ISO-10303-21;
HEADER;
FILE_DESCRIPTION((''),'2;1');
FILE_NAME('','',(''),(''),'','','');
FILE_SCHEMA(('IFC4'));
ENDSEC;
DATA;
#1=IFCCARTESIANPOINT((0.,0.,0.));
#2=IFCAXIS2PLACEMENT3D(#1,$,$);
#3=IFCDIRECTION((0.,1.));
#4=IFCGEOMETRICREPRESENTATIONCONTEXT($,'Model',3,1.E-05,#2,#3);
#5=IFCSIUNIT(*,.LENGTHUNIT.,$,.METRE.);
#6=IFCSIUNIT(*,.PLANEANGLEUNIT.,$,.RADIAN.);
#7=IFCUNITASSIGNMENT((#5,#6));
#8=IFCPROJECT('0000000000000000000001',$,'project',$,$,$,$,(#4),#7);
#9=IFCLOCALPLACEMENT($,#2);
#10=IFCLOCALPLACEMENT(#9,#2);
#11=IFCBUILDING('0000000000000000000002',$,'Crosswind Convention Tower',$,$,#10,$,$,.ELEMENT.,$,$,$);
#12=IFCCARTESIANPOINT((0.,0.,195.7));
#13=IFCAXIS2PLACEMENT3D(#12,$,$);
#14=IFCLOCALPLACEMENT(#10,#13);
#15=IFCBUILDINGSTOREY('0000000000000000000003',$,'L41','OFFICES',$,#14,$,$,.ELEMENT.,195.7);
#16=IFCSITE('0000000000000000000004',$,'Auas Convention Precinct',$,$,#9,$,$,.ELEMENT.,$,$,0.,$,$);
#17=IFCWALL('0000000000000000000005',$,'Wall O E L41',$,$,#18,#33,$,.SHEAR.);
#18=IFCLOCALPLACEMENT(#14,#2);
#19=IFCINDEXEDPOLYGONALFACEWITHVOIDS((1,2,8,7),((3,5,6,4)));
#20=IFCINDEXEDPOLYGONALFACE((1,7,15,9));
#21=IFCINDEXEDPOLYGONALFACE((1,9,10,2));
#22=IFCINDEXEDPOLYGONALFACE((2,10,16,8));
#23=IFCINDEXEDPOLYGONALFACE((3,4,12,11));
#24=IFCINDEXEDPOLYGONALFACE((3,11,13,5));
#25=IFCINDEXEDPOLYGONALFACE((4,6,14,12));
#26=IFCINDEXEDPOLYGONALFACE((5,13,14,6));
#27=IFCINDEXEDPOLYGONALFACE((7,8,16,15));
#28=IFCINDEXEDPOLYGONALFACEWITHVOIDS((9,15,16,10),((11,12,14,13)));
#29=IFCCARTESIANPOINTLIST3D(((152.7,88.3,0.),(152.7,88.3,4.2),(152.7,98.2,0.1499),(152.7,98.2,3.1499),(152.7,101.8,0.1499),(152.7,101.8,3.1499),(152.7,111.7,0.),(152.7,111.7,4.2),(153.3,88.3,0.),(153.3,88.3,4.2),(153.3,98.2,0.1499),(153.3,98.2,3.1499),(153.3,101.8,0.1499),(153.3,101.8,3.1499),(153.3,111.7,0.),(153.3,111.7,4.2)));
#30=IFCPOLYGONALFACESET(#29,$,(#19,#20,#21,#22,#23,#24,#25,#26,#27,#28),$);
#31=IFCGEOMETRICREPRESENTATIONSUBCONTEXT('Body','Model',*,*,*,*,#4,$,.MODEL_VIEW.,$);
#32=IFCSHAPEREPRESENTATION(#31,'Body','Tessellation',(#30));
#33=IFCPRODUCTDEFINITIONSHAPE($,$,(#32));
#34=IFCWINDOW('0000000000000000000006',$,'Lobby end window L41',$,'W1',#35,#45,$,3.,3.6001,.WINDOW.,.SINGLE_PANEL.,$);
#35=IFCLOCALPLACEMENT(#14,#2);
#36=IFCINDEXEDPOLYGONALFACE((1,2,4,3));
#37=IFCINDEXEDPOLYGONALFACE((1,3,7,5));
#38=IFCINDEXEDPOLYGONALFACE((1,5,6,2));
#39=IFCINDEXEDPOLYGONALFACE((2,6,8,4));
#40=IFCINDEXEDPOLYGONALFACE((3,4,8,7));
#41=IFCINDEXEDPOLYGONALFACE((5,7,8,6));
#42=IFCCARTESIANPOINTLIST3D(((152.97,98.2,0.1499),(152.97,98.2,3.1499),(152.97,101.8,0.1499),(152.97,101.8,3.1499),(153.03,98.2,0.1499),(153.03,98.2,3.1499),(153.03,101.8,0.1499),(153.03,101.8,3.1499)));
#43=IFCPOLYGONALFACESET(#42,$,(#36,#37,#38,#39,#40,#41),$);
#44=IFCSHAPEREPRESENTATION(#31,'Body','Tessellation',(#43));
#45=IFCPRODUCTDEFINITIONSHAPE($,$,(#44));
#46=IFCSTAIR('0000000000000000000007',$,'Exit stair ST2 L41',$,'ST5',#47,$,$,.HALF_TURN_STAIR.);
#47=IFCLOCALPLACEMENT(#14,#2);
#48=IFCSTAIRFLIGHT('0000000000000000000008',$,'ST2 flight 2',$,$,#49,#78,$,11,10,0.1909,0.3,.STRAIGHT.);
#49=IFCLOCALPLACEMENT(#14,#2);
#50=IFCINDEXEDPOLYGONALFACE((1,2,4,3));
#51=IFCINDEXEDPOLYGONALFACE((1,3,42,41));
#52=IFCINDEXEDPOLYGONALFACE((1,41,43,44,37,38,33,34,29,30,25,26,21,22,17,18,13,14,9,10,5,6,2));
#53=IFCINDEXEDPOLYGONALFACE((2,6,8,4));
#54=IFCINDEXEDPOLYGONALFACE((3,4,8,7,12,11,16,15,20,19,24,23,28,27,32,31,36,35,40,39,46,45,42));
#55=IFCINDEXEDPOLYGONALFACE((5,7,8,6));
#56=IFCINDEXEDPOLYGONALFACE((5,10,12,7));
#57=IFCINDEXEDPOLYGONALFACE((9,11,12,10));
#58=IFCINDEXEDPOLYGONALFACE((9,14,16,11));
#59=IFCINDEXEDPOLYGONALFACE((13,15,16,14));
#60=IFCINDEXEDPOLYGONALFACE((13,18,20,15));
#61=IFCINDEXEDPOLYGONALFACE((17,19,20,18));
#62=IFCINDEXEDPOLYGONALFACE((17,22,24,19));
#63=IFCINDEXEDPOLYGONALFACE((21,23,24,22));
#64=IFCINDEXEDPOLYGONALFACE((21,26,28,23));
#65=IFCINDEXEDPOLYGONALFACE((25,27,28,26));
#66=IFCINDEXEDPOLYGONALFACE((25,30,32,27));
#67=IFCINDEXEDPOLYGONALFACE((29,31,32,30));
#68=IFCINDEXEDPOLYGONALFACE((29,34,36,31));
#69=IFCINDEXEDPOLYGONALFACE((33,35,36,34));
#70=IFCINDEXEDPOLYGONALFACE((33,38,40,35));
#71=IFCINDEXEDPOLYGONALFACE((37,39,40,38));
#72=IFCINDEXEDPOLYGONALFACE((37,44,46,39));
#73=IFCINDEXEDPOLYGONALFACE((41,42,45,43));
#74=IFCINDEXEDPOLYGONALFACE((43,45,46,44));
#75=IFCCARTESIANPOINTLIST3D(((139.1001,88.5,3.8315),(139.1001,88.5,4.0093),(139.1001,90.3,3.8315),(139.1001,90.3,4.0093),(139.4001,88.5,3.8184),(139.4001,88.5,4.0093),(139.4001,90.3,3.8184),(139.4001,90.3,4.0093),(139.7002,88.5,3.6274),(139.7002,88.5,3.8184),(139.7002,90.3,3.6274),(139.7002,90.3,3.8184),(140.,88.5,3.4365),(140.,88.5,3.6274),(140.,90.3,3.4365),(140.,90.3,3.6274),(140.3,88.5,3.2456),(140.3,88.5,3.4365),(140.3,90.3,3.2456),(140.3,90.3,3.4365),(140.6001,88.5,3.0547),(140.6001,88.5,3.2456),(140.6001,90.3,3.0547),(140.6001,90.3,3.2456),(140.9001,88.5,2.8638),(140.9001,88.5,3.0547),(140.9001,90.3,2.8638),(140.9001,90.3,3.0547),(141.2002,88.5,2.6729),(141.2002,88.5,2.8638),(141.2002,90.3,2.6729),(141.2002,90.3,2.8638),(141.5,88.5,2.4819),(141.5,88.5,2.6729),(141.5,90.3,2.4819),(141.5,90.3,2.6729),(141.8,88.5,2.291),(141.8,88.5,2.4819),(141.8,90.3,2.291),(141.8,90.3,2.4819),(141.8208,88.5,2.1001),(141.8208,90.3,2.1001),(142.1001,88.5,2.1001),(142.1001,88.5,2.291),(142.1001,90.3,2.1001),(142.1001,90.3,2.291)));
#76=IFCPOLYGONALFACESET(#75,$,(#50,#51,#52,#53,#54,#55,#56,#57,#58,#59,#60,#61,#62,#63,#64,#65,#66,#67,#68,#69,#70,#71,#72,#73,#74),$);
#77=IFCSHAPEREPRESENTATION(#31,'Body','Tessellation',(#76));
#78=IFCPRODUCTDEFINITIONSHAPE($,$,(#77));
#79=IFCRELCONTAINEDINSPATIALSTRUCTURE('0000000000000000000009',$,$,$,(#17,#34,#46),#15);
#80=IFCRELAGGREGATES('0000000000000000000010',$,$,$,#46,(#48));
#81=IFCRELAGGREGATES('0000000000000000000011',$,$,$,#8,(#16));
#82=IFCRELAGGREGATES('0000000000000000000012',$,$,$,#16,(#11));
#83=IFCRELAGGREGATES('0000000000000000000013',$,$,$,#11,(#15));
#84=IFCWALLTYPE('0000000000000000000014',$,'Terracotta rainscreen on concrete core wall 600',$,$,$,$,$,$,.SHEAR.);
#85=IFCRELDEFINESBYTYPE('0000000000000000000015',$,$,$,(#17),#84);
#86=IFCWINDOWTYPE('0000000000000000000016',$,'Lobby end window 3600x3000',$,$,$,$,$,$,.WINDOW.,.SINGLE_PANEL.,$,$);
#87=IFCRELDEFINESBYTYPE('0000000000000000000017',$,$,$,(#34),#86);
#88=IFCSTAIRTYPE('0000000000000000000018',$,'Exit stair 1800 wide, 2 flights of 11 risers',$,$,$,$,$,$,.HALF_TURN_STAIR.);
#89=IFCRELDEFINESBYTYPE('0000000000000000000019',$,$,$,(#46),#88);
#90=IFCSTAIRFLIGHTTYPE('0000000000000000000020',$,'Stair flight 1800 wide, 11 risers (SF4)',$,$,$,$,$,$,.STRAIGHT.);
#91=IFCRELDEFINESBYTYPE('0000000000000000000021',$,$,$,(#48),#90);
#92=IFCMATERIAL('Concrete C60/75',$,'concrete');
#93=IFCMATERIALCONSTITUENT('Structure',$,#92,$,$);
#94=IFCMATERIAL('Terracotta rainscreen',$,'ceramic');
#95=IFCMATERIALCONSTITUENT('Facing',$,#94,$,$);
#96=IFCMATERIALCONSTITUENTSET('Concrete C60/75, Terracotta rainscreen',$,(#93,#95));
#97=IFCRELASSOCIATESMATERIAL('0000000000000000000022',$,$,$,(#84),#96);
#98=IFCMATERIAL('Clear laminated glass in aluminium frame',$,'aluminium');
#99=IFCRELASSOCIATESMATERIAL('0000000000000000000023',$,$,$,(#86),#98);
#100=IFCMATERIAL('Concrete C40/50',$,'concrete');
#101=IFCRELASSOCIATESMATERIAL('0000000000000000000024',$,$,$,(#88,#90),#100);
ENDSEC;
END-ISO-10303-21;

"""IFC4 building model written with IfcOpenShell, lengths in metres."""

from ifc_helpers import new_model, si_unit, direction, frame, frame_2d, origin, place, context, subcontext, project, spatial, polyline, rectangle, outline, extrude, material, constituent, constituent_set, type_object, element, fill, aggregate, save


model = new_model("IFC4")

# Units and contexts
model_context = context("Model", 3, precision=1e-05, world=origin(), true_north=direction((0.0, 1.0)))
body_context = subcontext(model_context, "Body", "Model", "MODEL_VIEW")
ifc_project = project(units=[si_unit("LENGTHUNIT", "METRE"), si_unit("PLANEANGLEUNIT", "RADIAN")], contexts=[model_context])

# Site, building, storey
site_placement = place(None, origin())
site = spatial("IfcSite", under=ifc_project, at=site_placement, Name="Auas Convention Precinct", CompositionType="ELEMENT", RefElevation=0.0)
building_placement = place(site_placement, origin())
building = spatial("IfcBuilding", under=site, at=building_placement, Name="Crosswind Convention Tower", CompositionType="ELEMENT")
storey_placement = place(building_placement, frame((0.0, 0.0, 195.7)))
storey = spatial("IfcBuildingStorey", under=building, at=storey_placement, Name="L41", Description="OFFICES", CompositionType="ELEMENT", Elevation=195.7)

# Wall, opening, window
ifc_material_1 = material(Name="Concrete C60/75", Category="concrete")
ifc_constituent_1 = constituent(ifc_material_1, Name="Structure")
ifc_material_2 = material(Name="Terracotta rainscreen", Category="ceramic")
ifc_constituent_2 = constituent(ifc_material_2, Name="Facing")
ifc_constituent_set = constituent_set(constituents=[ifc_constituent_1, ifc_constituent_2], Name="Concrete C60/75, Terracotta rainscreen")
wall_type_1 = type_object("IfcWallType", Name="Terracotta rainscreen on concrete core wall 600", PredefinedType="SHEAR", material=ifc_constituent_set)
wall_1_placement = place(storey_placement, frame((153.0, 88.3, 0.0), z_axis=(0.0, 0.0, 1.0), x_axis=(0.0, 1.0, 0.0)))
wall_1 = element("IfcWall", 1, at=wall_1_placement, inside=storey, type_object=wall_type_1, Name="Wall O E L41", PredefinedType="SHEAR", context=body_context, shape_type="SweptSolid", body=[
    extrude(rectangle(XDim=23.3999, YDim=0.6001, at=frame_2d((11.7, 0.0))), origin(), (0.0, 0.0, 1.0), 4.2),
])
opening_1_placement = place(wall_1_placement, frame((9.8999, 0.0, 0.1499)))
opening_1 = element("IfcOpeningElement", 2, at=opening_1_placement, cuts=wall_1, PredefinedType="OPENING", context=body_context, shape_type="SweptSolid", body=[
    extrude(rectangle(XDim=3.6001, YDim=3.0, at=frame_2d((1.8, 1.5))), frame((0.0, 0.3101, 0.0), z_axis=(0.0, -1.0, 0.0), x_axis=(1.0, 0.0, 0.0)), (0.0, 0.0, 1.0), 0.6201),
])
ifc_material_3 = material(Name="Clear laminated glass in aluminium frame", Category="aluminium")
window_type = type_object("IfcWindowType", Name="Lobby end window 3600x3000", PartitioningType="SINGLE_PANEL", PredefinedType="WINDOW", material=ifc_material_3)
window_placement = place(opening_1_placement, origin())
window = element("IfcWindow", 3, at=window_placement, inside=storey, type_object=window_type, Name="Lobby end window L41", ObjectType="W1", OverallHeight=3.0, OverallWidth=3.6001, PartitioningType="SINGLE_PANEL", PredefinedType="WINDOW", context=body_context, shape_type="SweptSolid", body=[
    extrude(rectangle(XDim=3.6001, YDim=3.0, at=frame_2d((1.8, 1.5))), frame((0.0, 0.03, 0.0), z_axis=(0.0, -1.0, 0.0), x_axis=(1.0, 0.0, 0.0)), (0.0, 0.0, 1.0), 0.0601),
])
fill(opening_1, window)

# Stair, stair flight
ifc_material_4 = material(Name="Concrete C40/50", Category="concrete")
stair_type = type_object("IfcStairType", Name="Exit stair 1800 wide, 2 flights of 11 risers", PredefinedType="HALF_TURN_STAIR", material=ifc_material_4)
stair_placement = place(storey_placement, origin())
stair = element("IfcStair", 4, at=stair_placement, inside=storey, type_object=stair_type, Name="Exit stair ST2 L41", ObjectType="ST5", PredefinedType="HALF_TURN_STAIR")
stair_flight_type = type_object("IfcStairFlightType", Name="Stair flight 1800 wide, 11 risers (SF4)", PredefinedType="STRAIGHT", material=ifc_material_4)
stair_flight_placement = place(storey_placement, frame((142.1001, 89.3999, 2.1001), z_axis=(0.0, 0.0, 1.0), x_axis=(-1.0, 0.0, 0.0)))
stair_flight = element("IfcStairFlight", 5, at=stair_flight_placement, type_object=stair_flight_type, Name="ST2 flight 2", NumberOfRisers=11, NumberOfTreads=10, PredefinedType="STRAIGHT", RiserHeight=0.1909, TreadLength=0.3, context=body_context, shape_type="SweptSolid", body=[
    extrude(outline(polyline([(0.0, 0.0), (0.0, 0.1909), (0.3, 0.1909), (0.3, 0.3818), (0.6001, 0.3818), (0.6001, 0.5728), (0.8999, 0.5728), (0.8999, 0.7637), (1.2, 0.7637), (1.2, 0.9546), (1.5, 0.9546), (1.5, 1.1455), (1.8, 1.1455), (1.8, 1.3364), (2.1001, 1.3364), (2.1001, 1.5273), (2.3999, 1.5273), (2.3999, 1.7183), (2.7, 1.7183), (2.7, 1.9092), (3.0, 1.9092), (3.0, 2.1001), (3.0, 1.7314), (0.2793, 0.0), (0.0, 0.0)])), frame((0.0, 0.8999, 0.0), z_axis=(0.0, -1.0, 0.0), x_axis=(1.0, 0.0, 0.0)), (0.0, 0.0, 1.0), 1.8),
])
aggregate(stair, [stair_flight])

save(model, "model.ifc")
